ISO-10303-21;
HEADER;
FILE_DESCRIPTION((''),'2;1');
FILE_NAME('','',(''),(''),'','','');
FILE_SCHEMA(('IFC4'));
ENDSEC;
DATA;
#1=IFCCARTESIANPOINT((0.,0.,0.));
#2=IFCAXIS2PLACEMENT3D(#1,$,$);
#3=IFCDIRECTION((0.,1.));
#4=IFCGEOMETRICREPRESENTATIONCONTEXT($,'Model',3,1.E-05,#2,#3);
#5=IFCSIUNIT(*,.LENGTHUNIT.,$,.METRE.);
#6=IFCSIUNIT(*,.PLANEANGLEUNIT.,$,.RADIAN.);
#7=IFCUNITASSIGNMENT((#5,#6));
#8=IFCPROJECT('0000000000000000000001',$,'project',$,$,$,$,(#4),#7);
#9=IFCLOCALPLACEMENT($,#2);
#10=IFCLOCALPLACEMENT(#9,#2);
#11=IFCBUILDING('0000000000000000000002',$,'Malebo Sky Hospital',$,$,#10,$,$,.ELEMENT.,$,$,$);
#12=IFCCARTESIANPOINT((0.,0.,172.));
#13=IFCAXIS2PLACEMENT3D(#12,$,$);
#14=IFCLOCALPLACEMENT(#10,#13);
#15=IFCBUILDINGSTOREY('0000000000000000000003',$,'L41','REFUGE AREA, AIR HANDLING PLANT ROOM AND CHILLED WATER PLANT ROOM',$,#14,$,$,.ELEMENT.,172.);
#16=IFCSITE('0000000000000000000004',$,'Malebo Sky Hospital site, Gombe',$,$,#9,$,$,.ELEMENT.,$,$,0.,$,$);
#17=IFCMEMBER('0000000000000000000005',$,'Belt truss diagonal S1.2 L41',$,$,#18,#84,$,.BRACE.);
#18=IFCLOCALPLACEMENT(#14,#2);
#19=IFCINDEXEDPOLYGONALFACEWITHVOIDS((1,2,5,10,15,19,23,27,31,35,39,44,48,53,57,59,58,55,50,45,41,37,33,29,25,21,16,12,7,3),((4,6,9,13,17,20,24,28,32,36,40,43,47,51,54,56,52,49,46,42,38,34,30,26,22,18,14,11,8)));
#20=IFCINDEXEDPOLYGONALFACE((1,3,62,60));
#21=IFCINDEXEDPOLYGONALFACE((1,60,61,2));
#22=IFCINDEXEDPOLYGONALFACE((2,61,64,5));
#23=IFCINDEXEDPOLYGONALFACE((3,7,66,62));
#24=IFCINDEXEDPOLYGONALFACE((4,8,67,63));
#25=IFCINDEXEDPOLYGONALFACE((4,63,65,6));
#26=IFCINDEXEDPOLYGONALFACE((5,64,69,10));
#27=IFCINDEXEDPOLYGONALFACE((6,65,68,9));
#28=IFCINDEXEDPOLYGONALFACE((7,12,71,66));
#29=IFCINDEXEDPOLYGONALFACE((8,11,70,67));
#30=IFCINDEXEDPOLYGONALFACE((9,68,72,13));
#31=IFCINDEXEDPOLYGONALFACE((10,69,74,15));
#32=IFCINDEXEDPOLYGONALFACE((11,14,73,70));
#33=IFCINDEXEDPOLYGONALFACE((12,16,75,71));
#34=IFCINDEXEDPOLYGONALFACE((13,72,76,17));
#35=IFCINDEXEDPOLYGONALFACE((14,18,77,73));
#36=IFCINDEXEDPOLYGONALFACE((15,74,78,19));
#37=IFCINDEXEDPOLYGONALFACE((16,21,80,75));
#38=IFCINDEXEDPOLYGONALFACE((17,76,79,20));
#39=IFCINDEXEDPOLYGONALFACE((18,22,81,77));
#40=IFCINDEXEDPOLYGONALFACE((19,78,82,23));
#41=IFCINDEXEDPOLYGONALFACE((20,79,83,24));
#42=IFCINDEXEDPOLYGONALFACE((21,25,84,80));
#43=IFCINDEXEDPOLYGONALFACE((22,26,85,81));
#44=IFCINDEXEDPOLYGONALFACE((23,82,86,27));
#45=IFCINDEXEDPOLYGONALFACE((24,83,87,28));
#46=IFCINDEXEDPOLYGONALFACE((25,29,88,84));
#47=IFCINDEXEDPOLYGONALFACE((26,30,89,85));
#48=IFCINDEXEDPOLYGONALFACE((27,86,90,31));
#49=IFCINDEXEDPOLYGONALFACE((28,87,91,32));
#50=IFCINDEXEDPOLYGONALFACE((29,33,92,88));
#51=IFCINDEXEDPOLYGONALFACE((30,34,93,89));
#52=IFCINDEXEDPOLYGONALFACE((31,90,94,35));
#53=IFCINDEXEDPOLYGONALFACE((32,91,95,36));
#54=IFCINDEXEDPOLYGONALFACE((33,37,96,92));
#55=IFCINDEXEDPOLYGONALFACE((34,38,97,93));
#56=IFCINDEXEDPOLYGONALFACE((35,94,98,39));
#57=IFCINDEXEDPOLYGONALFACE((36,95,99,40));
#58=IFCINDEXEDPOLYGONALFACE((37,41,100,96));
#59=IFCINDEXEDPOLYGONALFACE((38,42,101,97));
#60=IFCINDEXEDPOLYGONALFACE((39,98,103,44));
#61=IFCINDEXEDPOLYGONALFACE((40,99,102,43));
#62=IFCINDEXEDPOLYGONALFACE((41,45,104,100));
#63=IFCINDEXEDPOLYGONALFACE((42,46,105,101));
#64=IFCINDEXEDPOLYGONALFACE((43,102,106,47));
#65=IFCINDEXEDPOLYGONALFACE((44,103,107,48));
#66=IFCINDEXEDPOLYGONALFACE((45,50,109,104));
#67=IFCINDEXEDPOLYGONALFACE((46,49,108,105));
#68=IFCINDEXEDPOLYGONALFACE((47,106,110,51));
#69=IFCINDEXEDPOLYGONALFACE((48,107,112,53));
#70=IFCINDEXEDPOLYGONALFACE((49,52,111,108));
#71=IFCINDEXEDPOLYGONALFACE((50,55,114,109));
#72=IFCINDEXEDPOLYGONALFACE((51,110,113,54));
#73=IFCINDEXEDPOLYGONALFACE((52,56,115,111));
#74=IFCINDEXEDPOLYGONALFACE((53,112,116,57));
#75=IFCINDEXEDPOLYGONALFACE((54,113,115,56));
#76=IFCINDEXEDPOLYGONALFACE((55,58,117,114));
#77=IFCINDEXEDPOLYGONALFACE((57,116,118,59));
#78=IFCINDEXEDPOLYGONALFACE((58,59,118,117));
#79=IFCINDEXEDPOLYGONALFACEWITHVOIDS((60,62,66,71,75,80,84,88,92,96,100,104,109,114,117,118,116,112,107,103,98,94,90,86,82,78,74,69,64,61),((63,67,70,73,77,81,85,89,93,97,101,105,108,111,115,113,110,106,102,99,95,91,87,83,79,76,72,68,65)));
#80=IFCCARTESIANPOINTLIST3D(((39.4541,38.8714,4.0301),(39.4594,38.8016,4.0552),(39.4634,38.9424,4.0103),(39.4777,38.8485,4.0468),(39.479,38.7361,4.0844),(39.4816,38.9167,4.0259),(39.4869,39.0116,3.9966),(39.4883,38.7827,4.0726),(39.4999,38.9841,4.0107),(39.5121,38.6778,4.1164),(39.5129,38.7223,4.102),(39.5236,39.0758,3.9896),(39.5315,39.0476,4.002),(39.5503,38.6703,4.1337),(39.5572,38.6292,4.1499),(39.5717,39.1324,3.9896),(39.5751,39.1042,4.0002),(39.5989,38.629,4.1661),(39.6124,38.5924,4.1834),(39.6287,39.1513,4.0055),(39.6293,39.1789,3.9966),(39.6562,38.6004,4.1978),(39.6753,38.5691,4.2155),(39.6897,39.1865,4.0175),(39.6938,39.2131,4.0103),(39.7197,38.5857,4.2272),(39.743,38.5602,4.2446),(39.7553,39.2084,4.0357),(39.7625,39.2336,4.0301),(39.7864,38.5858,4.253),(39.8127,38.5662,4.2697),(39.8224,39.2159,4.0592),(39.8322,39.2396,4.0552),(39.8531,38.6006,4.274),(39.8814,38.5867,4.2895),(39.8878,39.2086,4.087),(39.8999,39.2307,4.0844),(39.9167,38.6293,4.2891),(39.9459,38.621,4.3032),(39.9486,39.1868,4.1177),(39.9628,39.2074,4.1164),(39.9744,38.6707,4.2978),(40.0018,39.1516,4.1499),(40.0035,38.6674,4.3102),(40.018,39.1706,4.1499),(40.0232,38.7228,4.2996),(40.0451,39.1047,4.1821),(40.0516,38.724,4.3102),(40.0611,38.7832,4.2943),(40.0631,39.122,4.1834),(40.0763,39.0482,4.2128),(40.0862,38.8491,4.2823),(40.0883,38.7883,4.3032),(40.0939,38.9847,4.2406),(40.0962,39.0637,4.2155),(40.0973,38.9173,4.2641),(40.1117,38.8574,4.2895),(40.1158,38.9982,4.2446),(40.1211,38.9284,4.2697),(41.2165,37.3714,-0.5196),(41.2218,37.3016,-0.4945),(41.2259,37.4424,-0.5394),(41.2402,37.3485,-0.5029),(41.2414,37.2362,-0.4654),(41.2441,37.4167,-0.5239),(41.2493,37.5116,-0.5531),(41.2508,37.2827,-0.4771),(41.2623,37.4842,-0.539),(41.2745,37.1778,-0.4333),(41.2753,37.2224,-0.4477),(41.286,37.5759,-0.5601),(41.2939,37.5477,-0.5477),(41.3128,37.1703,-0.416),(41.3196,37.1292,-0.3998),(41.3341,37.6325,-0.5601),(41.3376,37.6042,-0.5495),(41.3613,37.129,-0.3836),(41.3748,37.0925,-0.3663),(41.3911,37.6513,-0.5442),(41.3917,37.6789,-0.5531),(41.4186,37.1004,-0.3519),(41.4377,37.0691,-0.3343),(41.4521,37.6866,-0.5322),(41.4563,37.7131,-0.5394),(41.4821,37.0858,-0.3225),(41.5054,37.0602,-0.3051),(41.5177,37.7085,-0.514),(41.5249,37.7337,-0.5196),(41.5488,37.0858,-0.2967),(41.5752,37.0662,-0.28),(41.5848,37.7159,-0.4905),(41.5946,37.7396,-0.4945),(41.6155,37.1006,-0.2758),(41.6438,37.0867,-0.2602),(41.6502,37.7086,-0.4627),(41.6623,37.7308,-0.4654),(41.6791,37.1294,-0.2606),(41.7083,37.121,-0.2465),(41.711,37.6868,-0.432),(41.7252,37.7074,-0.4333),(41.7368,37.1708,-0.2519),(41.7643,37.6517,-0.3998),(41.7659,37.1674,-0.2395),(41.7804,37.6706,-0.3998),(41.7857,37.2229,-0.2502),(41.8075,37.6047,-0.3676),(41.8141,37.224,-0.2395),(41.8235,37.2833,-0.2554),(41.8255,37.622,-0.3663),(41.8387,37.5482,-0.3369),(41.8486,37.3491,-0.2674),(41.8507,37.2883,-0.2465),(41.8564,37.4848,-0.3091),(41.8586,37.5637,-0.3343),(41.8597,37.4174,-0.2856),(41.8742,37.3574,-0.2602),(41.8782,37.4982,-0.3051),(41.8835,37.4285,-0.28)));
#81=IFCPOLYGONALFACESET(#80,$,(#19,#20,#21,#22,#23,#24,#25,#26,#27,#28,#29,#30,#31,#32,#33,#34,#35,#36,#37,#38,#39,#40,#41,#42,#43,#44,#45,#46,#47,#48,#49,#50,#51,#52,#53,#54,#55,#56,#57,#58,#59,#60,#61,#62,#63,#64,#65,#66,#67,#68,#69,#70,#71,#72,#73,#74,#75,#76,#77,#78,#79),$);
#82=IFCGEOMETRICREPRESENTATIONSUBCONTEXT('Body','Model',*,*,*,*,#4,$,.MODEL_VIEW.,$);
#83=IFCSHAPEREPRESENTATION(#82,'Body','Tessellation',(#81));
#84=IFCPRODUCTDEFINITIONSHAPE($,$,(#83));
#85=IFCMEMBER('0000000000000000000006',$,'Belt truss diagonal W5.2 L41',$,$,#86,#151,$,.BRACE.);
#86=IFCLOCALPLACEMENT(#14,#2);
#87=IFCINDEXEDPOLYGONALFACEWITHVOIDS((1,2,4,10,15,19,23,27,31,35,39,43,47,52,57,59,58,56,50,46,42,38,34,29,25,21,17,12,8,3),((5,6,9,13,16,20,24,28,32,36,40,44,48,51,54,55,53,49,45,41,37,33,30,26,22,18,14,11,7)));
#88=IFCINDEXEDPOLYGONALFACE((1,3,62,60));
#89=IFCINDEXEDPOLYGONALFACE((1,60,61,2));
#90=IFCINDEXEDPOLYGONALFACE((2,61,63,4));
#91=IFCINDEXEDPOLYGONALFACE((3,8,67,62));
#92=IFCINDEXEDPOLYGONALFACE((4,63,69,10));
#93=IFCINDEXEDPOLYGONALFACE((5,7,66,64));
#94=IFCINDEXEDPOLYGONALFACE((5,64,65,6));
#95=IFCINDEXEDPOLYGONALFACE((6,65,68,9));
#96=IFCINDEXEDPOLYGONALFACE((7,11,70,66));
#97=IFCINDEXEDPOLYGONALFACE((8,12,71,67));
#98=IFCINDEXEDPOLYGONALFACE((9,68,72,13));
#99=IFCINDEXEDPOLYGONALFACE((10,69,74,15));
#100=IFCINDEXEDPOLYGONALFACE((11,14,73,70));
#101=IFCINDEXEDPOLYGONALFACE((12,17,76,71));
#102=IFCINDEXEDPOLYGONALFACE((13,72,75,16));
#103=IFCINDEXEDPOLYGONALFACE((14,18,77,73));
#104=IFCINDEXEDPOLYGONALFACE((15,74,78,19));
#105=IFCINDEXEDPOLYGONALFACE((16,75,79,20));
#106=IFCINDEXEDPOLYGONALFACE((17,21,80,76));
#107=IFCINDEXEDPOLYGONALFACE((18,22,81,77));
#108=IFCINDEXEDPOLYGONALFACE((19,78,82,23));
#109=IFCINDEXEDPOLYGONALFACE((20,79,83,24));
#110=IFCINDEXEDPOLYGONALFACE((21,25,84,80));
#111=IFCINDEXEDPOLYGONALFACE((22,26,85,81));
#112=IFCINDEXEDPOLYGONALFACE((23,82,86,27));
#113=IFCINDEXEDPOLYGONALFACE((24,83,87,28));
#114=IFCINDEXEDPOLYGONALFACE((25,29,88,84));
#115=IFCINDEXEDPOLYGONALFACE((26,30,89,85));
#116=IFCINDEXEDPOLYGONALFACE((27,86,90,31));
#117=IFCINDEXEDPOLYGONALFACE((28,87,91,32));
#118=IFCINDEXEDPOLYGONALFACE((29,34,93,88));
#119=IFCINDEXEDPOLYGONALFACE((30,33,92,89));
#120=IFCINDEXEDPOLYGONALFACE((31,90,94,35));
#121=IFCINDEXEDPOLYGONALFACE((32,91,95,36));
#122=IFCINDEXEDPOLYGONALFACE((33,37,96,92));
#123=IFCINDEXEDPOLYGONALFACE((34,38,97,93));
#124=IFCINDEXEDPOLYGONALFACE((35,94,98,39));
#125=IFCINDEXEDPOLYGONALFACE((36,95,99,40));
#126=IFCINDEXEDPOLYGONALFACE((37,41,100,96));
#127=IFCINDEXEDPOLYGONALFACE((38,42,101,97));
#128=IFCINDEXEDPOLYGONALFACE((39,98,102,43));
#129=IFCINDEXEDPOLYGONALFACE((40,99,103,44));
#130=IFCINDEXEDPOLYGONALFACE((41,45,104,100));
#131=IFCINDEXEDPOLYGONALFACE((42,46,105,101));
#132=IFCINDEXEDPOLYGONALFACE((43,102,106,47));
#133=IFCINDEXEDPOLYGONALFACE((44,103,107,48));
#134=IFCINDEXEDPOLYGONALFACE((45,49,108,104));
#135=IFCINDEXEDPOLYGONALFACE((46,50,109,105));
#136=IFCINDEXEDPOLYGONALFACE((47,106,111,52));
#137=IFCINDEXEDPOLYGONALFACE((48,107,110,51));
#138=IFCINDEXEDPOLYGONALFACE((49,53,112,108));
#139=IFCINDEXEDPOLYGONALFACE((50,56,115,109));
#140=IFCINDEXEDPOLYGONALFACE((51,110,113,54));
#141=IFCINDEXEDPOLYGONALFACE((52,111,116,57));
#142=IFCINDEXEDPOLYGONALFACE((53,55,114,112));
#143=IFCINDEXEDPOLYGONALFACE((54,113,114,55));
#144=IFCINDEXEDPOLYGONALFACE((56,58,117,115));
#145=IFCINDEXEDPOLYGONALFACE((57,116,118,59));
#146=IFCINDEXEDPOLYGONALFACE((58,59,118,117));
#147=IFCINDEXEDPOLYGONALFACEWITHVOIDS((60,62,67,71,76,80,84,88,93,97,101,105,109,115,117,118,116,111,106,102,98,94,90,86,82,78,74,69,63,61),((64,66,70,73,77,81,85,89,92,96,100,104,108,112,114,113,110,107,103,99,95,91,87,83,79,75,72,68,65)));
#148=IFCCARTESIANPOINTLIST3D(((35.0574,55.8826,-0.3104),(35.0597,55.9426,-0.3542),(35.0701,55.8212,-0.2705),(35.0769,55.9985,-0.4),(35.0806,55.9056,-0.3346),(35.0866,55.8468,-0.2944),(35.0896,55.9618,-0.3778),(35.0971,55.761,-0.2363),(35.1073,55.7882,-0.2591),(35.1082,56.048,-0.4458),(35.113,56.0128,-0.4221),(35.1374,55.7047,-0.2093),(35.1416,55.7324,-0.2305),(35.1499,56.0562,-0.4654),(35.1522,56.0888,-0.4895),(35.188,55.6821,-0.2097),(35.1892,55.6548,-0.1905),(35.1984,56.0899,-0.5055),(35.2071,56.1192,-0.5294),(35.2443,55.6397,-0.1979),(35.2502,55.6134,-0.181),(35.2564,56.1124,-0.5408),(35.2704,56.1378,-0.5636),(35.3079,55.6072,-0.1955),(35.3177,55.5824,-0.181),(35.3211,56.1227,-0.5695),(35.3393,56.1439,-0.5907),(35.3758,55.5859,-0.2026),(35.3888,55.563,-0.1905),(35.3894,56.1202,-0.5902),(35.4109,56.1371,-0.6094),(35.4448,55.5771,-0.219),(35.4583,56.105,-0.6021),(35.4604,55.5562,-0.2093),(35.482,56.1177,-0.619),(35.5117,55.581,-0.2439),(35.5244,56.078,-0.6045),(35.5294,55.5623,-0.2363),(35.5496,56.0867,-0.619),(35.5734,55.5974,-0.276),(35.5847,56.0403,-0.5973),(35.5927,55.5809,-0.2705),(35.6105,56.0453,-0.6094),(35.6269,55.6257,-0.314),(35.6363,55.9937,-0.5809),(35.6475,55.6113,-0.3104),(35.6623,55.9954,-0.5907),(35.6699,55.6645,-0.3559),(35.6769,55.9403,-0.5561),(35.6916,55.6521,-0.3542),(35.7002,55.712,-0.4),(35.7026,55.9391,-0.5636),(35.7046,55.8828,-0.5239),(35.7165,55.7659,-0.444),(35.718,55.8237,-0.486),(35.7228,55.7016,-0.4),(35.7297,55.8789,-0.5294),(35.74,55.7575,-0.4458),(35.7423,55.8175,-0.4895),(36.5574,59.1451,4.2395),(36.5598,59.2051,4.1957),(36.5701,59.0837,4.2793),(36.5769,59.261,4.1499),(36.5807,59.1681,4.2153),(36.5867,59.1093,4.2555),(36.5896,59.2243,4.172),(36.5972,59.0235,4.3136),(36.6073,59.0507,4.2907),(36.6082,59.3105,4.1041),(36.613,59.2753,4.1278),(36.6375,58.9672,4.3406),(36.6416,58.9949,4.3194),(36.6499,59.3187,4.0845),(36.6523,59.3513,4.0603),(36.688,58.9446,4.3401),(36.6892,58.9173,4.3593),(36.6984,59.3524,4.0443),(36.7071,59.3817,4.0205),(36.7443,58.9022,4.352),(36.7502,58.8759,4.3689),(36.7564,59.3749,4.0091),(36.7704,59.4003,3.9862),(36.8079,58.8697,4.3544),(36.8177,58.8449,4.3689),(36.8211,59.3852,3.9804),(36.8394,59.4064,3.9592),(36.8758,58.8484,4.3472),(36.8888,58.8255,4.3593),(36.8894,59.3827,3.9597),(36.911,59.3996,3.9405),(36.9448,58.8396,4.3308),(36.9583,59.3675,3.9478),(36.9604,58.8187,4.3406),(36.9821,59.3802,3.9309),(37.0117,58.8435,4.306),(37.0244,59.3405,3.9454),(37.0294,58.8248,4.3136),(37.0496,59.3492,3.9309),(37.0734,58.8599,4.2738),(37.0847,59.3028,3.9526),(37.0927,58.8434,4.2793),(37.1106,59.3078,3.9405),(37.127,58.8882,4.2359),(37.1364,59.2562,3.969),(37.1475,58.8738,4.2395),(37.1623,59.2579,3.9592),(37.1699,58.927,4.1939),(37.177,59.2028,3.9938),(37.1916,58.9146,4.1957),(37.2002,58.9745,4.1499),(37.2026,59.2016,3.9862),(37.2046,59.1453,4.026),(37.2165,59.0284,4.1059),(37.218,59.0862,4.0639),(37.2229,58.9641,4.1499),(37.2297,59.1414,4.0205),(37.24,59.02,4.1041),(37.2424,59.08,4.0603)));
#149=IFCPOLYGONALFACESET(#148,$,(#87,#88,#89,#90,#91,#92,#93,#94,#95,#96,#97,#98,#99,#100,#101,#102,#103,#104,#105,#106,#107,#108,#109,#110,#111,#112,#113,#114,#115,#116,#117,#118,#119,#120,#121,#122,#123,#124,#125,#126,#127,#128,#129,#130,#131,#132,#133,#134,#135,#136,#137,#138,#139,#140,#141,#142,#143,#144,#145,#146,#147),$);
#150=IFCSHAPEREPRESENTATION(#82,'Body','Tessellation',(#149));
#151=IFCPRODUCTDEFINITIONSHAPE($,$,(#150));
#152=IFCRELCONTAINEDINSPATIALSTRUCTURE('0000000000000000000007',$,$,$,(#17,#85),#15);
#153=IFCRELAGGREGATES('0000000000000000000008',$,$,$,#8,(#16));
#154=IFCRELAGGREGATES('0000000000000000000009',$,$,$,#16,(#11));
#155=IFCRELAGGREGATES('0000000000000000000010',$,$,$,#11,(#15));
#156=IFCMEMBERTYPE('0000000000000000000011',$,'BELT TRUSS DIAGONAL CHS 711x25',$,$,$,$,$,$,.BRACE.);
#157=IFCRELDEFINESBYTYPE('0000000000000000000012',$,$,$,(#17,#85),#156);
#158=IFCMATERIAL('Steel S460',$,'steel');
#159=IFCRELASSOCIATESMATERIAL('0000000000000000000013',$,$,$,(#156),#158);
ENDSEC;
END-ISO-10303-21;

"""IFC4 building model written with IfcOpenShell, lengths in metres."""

from ifc_helpers import new_model, si_unit, direction, frame, origin, origin_2d, place, context, subcontext, project, spatial, hollow_circle, extrude, material, material_profile, profile_set, type_object, element, save


model = new_model("IFC4")

# Units and contexts
model_context = context("Model", 3, precision=1e-05, world=origin(), true_north=direction((0.0, 1.0)))
body_context = subcontext(model_context, "Body", "Model", "MODEL_VIEW")
ifc_project = project(units=[si_unit("LENGTHUNIT", "METRE"), si_unit("PLANEANGLEUNIT", "RADIAN")], contexts=[model_context])

# Site, building, storey
site_placement = place(None, origin())
site = spatial("IfcSite", under=ifc_project, at=site_placement, Name="Malebo Sky Hospital site, Gombe", CompositionType="ELEMENT", RefElevation=0.0)
building_placement = place(site_placement, origin())
building = spatial("IfcBuilding", under=site, at=building_placement, Name="Malebo Sky Hospital", CompositionType="ELEMENT")
storey_placement = place(building_placement, frame((0.0, 0.0, 172.0)))
storey = spatial("IfcBuildingStorey", under=building, at=storey_placement, Name="L41", Description="REFUGE AREA, AIR HANDLING PLANT ROOM AND CHILLED WATER PLANT ROOM", CompositionType="ELEMENT", Elevation=172.0)

# Members
ifc_material_1 = material(Name="Steel S460", Category="steel")
ifc_material_profile = material_profile(ifc_material_1, hollow_circle(Radius=0.3555, WallThickness=0.0249, at=origin_2d()), Name="CHS 711x25")
ifc_profile_set = profile_set([ifc_material_profile], Name="Steel S460")
member_type = type_object("IfcMemberType", Name="BELT TRUSS DIAGONAL CHS 711x25", PredefinedType="BRACE", material=ifc_profile_set)
member_1_placement = place(storey_placement, frame((39.7876, 38.8999, 4.1499), z_axis=(0.345267, -0.293853, -0.891314), x_axis=(0.648129, 0.761531, 0.0)))
element("IfcMember", 1, at=member_1_placement, inside=storey, type_object=member_type, Name="Belt truss diagonal S1.2 L41", PredefinedType="BRACE", context=body_context, shape_type="SweptSolid", body=[
    extrude(hollow_circle(Radius=0.3555, WallThickness=0.0249, at=origin_2d()), origin(), (0.0, 0.0, 1.0), 5.1045),
])
member_2_placement = place(storey_placement, frame((36.8999, 59.1125, 4.1499), z_axis=(-0.258796, -0.562874, -0.784982), x_axis=(0.908567, -0.417738, 0.0)))
element("IfcMember", 2, at=member_2_placement, inside=storey, type_object=member_type, Name="Belt truss diagonal W5.2 L41", PredefinedType="BRACE", context=body_context, shape_type="SweptSolid", body=[
    extrude(hollow_circle(Radius=0.3555, WallThickness=0.0249, at=origin_2d()), origin(), (0.0, 0.0, 1.0), 5.7961),
])

save(model, "model.ifc")
